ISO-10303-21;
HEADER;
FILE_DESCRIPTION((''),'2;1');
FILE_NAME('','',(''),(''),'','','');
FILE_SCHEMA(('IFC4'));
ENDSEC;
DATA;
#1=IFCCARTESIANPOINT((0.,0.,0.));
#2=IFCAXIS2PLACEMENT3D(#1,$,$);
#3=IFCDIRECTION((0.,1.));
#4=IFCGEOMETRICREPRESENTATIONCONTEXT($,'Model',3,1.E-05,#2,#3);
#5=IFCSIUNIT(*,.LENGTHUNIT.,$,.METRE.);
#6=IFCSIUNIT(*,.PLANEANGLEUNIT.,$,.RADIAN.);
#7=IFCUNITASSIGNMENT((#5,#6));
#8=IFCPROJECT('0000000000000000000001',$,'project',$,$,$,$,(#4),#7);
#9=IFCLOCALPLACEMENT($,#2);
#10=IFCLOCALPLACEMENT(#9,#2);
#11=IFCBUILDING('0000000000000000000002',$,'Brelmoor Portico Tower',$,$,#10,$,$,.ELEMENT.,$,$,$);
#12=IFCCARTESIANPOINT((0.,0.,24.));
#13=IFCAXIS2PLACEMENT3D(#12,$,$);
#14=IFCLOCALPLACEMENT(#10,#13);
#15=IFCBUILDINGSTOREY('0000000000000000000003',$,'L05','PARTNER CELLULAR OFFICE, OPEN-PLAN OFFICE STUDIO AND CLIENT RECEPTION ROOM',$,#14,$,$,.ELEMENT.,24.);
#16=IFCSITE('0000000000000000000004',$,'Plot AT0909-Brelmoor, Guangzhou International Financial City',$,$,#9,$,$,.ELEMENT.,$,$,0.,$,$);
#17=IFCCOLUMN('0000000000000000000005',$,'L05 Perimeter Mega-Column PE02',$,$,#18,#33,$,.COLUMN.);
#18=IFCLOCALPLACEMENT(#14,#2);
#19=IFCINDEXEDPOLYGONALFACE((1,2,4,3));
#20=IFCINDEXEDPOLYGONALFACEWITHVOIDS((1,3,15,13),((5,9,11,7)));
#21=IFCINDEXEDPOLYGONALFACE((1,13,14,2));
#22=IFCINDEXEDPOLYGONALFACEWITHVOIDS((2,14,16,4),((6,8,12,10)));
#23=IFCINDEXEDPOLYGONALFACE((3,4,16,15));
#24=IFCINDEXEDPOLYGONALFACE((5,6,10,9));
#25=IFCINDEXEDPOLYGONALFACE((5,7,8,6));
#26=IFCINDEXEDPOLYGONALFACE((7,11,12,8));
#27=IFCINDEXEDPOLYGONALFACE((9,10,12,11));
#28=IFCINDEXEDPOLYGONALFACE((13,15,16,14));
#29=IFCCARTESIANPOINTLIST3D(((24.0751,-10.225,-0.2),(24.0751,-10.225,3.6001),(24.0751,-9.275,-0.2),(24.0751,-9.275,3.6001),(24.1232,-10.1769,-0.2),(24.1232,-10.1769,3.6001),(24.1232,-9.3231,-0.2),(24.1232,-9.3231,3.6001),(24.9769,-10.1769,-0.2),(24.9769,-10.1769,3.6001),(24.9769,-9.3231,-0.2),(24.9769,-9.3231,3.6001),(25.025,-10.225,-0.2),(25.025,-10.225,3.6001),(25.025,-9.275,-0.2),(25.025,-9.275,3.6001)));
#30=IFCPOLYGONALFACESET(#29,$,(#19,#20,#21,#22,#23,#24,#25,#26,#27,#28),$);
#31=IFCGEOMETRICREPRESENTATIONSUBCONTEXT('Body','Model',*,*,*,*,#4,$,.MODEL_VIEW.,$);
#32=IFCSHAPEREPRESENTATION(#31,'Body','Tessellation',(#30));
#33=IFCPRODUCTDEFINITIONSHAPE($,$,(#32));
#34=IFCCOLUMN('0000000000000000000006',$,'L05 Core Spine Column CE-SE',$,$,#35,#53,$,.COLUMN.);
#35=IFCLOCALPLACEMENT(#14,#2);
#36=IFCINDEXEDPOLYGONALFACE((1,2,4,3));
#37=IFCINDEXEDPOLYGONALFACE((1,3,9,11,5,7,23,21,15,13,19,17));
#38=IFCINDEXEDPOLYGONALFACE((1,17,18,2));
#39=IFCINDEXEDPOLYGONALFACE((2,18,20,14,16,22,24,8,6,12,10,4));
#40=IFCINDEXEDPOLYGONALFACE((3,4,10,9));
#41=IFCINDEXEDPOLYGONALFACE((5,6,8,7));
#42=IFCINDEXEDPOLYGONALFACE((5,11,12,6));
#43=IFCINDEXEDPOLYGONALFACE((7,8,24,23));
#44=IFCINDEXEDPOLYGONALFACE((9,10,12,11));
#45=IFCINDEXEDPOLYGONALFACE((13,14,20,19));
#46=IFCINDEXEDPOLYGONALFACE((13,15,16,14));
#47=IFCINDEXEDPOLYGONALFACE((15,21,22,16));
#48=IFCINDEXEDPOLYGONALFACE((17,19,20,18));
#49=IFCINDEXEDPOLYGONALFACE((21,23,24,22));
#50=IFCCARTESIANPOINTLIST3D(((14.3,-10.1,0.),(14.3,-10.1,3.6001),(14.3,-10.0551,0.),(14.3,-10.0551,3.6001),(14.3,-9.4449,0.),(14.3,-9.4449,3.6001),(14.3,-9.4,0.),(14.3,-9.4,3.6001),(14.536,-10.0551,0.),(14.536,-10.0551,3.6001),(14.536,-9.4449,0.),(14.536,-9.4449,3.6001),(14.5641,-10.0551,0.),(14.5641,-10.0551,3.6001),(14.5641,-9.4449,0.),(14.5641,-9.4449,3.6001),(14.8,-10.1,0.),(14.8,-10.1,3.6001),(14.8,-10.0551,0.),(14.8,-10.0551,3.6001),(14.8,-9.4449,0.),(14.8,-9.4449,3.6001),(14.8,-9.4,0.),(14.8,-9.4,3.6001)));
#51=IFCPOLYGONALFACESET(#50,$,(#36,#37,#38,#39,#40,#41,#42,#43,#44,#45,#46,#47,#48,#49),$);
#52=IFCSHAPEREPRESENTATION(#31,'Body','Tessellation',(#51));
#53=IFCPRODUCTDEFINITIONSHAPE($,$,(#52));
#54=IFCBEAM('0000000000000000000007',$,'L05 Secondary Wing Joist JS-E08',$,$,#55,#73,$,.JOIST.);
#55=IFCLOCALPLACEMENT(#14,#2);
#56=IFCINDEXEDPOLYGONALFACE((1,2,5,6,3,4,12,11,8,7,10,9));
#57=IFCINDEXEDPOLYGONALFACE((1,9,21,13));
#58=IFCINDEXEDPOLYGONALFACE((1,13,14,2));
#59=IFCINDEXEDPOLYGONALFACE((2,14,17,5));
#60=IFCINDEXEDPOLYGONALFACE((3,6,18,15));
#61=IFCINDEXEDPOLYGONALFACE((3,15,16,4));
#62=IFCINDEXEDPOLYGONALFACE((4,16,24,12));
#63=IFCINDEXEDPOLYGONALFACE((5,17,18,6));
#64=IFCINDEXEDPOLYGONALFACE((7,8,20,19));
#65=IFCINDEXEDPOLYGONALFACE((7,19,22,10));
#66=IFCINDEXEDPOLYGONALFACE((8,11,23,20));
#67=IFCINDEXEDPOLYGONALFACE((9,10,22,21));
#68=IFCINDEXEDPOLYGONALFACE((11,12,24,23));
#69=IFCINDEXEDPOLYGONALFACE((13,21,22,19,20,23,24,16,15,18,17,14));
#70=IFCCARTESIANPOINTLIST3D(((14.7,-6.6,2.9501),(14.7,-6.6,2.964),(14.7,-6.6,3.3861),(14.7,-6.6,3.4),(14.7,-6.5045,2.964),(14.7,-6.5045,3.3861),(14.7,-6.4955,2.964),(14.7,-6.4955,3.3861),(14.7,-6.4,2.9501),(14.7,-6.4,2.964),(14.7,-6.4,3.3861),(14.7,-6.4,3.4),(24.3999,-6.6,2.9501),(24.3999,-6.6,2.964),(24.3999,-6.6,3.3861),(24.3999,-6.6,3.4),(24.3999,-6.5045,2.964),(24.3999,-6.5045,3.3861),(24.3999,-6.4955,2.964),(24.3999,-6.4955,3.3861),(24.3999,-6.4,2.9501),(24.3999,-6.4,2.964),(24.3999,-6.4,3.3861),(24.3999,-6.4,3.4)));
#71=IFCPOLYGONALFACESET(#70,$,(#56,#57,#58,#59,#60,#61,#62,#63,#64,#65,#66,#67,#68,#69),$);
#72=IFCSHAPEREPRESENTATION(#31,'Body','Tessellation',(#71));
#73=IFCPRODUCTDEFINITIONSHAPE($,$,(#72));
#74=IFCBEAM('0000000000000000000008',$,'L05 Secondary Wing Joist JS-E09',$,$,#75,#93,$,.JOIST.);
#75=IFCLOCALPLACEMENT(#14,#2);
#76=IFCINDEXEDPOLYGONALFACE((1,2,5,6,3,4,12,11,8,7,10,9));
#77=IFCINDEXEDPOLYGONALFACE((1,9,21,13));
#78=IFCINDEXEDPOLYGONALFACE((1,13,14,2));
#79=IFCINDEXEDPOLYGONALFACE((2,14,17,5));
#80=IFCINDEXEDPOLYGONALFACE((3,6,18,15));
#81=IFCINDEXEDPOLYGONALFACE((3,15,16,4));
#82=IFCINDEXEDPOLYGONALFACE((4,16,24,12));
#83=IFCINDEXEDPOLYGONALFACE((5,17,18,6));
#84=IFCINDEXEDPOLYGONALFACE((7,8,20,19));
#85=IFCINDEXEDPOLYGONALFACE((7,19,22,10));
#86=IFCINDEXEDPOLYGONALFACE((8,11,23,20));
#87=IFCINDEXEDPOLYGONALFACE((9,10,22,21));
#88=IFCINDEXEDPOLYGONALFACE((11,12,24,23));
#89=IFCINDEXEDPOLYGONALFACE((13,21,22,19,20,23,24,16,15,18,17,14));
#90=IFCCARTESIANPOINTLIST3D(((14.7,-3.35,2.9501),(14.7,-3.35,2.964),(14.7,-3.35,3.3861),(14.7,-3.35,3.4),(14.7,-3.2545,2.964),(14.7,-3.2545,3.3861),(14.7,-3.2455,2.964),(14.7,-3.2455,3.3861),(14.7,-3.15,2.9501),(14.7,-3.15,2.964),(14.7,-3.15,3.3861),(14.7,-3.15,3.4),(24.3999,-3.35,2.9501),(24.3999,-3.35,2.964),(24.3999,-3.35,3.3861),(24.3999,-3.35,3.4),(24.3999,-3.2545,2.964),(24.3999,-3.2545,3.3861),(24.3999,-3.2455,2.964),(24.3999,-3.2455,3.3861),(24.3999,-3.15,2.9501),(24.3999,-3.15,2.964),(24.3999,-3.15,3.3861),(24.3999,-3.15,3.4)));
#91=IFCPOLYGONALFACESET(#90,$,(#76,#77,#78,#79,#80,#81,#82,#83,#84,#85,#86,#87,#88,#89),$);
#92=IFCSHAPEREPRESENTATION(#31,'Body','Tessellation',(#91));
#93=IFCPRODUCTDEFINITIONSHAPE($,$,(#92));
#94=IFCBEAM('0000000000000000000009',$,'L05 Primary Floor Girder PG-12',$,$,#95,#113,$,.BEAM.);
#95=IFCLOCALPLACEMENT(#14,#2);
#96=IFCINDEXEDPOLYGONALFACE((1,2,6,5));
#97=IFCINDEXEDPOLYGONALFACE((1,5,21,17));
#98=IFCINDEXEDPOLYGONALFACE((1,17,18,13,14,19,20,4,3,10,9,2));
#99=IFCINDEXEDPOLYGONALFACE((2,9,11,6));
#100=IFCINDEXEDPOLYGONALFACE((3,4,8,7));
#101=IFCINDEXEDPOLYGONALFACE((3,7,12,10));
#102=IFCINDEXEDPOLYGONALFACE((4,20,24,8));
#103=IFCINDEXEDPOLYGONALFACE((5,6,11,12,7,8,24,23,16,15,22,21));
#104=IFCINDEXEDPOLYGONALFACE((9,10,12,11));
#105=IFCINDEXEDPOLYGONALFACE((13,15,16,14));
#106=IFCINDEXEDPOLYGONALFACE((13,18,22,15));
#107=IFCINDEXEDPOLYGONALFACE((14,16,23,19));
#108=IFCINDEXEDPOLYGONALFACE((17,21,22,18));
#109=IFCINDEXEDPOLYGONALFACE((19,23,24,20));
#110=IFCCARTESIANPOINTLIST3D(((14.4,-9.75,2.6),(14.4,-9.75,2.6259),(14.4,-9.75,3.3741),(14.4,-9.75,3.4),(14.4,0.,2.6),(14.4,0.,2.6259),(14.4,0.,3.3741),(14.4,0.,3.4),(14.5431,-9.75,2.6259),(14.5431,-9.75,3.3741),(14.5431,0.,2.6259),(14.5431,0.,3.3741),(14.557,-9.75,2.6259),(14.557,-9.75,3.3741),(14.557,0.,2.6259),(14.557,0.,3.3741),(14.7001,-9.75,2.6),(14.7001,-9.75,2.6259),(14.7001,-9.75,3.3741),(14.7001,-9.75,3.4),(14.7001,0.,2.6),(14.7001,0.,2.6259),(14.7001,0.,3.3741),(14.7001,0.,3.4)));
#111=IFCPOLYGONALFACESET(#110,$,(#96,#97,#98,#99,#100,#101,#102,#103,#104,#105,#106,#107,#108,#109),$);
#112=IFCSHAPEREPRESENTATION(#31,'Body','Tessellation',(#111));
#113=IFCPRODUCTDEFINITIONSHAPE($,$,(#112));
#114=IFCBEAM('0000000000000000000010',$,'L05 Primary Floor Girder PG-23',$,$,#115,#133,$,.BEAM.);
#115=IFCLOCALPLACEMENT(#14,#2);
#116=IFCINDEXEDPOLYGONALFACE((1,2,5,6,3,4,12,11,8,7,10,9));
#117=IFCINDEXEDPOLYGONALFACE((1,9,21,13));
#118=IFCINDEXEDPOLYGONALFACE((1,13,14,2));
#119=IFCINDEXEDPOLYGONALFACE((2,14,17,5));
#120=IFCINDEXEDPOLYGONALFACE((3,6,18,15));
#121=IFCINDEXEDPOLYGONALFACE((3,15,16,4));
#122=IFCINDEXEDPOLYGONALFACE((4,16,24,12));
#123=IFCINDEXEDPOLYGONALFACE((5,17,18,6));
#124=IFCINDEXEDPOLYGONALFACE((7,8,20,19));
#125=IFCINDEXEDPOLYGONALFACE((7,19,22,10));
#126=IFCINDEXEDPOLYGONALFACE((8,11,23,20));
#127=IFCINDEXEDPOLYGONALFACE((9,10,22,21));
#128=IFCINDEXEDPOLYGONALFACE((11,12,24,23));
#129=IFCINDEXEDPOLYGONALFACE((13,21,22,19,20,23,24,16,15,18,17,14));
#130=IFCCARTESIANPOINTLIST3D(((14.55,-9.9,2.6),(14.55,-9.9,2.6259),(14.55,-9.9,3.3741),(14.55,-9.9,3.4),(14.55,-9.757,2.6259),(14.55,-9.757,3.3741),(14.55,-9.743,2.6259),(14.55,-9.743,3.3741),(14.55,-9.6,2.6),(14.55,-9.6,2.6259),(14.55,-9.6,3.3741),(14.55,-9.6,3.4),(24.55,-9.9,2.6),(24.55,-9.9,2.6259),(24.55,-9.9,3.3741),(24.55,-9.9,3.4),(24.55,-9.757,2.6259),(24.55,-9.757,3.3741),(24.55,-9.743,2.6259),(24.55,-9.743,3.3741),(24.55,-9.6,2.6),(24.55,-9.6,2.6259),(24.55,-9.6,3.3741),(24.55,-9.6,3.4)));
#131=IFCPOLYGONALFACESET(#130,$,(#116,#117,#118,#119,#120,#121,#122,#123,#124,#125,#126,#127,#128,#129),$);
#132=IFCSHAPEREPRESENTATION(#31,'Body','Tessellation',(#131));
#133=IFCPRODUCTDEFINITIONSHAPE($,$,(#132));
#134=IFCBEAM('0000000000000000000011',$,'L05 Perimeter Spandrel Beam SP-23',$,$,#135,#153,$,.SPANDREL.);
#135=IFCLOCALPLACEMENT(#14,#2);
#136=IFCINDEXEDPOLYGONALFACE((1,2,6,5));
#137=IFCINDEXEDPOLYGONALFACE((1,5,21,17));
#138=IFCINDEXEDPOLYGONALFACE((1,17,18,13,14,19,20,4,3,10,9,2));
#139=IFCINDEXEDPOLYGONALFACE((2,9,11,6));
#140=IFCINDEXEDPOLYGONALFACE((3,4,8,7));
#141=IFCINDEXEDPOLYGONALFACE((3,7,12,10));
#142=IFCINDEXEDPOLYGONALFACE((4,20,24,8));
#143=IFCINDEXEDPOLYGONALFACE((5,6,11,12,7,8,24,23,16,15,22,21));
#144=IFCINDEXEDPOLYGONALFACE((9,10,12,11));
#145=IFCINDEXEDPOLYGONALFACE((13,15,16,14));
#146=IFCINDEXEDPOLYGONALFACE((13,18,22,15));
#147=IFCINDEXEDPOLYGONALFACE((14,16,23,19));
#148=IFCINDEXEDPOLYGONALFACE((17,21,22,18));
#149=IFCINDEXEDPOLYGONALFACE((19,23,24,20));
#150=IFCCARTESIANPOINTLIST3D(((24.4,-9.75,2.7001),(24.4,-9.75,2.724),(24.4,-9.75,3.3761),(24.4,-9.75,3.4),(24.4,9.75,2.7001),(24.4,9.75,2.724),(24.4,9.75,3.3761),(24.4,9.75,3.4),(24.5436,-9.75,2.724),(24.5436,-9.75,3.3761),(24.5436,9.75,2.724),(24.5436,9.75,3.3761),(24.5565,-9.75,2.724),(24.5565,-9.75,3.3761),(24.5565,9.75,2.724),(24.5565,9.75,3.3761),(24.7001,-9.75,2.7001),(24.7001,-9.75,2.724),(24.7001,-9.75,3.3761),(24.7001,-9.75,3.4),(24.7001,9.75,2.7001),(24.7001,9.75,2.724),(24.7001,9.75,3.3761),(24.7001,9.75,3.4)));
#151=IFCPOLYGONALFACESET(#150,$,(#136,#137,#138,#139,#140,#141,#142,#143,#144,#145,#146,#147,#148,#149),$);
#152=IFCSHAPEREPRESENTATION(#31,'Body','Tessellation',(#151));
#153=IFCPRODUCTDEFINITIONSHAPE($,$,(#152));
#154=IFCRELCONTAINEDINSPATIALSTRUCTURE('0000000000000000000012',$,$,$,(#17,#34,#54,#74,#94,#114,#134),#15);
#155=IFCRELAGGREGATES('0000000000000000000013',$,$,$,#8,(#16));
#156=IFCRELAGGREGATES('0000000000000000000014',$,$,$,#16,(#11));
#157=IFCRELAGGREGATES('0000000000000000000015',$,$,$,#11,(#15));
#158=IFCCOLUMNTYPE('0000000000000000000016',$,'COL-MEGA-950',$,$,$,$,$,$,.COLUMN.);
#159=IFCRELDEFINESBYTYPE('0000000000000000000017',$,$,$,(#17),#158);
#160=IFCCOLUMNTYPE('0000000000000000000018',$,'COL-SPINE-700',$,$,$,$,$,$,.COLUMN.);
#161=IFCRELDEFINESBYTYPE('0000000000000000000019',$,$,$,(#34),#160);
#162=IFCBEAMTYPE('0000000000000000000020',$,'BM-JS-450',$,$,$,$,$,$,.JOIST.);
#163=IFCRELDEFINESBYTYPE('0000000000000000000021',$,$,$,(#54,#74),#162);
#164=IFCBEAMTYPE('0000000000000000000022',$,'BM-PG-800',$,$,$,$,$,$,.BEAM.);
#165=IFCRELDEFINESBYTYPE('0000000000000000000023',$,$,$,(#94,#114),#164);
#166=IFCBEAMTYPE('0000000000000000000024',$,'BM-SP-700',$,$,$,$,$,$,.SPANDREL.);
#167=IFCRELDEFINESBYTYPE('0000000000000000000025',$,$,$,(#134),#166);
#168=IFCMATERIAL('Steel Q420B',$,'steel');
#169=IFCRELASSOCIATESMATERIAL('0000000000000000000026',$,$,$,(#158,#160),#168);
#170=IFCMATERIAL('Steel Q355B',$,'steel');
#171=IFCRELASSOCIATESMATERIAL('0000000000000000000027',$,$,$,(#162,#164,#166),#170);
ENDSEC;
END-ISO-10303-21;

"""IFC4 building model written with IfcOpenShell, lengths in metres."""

from ifc_helpers import new_model, si_unit, direction, frame, origin, origin_2d, place, context, subcontext, project, spatial, hollow_rectangle, i_section, extrude, material, material_profile, profile_set, type_object, element, save


model = new_model("IFC4")

# Units and contexts
model_context = context("Model", 3, precision=1e-05, world=origin(), true_north=direction((0.0, 1.0)))
body_context = subcontext(model_context, "Body", "Model", "MODEL_VIEW")
ifc_project = project(units=[si_unit("LENGTHUNIT", "METRE"), si_unit("PLANEANGLEUNIT", "RADIAN")], contexts=[model_context])

# Site, building, storey
site_placement = place(None, origin())
site = spatial("IfcSite", under=ifc_project, at=site_placement, Name="Plot AT0909-Brelmoor, Guangzhou International Financial City", CompositionType="ELEMENT", RefElevation=0.0)
building_placement = place(site_placement, origin())
building = spatial("IfcBuilding", under=site, at=building_placement, Name="Brelmoor Portico Tower", CompositionType="ELEMENT")
storey_placement = place(building_placement, frame((0.0, 0.0, 24.0)))
storey = spatial("IfcBuildingStorey", under=building, at=storey_placement, Name="L05", Description="PARTNER CELLULAR OFFICE, OPEN-PLAN OFFICE STUDIO AND CLIENT RECEPTION ROOM", CompositionType="ELEMENT", Elevation=24.0)

# Columns
ifc_material_1 = material(Name="Steel Q420B", Category="steel")
ifc_material_profile_1 = material_profile(ifc_material_1, hollow_rectangle(XDim=0.95, YDim=0.95, WallThickness=0.0481, at=origin_2d()), Name="BOX 950x950x48")
ifc_profile_set_1 = profile_set([ifc_material_profile_1], Name="Steel Q420B")
column_type_1 = type_object("IfcColumnType", Name="COL-MEGA-950", PredefinedType="COLUMN", material=ifc_profile_set_1)
column_1_placement = place(storey_placement, frame((24.55, -9.75, -0.2), z_axis=(0.0, 0.0, 1.0), x_axis=(0.0, 1.0, 0.0)))
element("IfcColumn", 1, at=column_1_placement, inside=storey, type_object=column_type_1, Name="L05 Perimeter Mega-Column PE02", PredefinedType="COLUMN", context=body_context, shape_type="SweptSolid", body=[
    extrude(hollow_rectangle(XDim=0.95, YDim=0.95, WallThickness=0.0481, at=origin_2d()), origin(), (0.0, 0.0, 1.0), 3.8),
])
ifc_material_profile_2 = material_profile(ifc_material_1, i_section(OverallWidth=0.5, OverallDepth=0.7, WebThickness=0.0281, FlangeThickness=0.0449, at=origin_2d()), Name="HW 700x500x28x45")
ifc_profile_set_2 = profile_set([ifc_material_profile_2], Name="Steel Q420B")
column_type_2 = type_object("IfcColumnType", Name="COL-SPINE-700", PredefinedType="COLUMN", material=ifc_profile_set_2)
column_2_placement = place(storey_placement, frame((14.55, -9.75, 0.0), z_axis=(0.0, 0.0, 1.0), x_axis=(1.0, 0.0, 0.0)))
element("IfcColumn", 2, at=column_2_placement, inside=storey, type_object=column_type_2, Name="L05 Core Spine Column CE-SE", PredefinedType="COLUMN", context=body_context, shape_type="SweptSolid", body=[
    extrude(i_section(OverallWidth=0.5, OverallDepth=0.7, WebThickness=0.0281, FlangeThickness=0.0449, at=origin_2d()), origin(), (0.0, 0.0, 1.0), 3.6001),
])

# Beams
ifc_material_2 = material(Name="Steel Q355B", Category="steel")
ifc_material_profile_3 = material_profile(ifc_material_2, i_section(OverallWidth=0.2, OverallDepth=0.45, WebThickness=0.009, FlangeThickness=0.0139, at=origin_2d()), Name="HN 450x200x9x14")
ifc_profile_set_3 = profile_set([ifc_material_profile_3], Name="Steel Q355B")
beam_type_1 = type_object("IfcBeamType", Name="BM-JS-450", PredefinedType="JOIST", material=ifc_profile_set_3)
for number, where, z_axis, x_axis, name in (
    (3, (14.7, -6.5, 3.175), (1.0, 0.0, 0.0), (0.0, 1.0, 0.0), "L05 Secondary Wing Joist JS-E08"),
    (4, (14.7, -3.25, 3.175), (1.0, 0.0, 0.0), (0.0, 1.0, 0.0), "L05 Secondary Wing Joist JS-E09"),
):
    element("IfcBeam", number, at=place(storey_placement, frame(where, z_axis=z_axis, x_axis=x_axis)), inside=storey, type_object=beam_type_1, Name=name, PredefinedType="JOIST", context=body_context, shape_type="SweptSolid", body=[
        extrude(i_section(OverallWidth=0.2, OverallDepth=0.45, WebThickness=0.009, FlangeThickness=0.0139, at=origin_2d()), origin(), (0.0, 0.0, 1.0), 9.7),
    ])
ifc_material_profile_4 = material_profile(ifc_material_2, i_section(OverallWidth=0.3, OverallDepth=0.8, WebThickness=0.0139, FlangeThickness=0.0259, at=origin_2d()), Name="HN 800x300x14x26")
ifc_profile_set_4 = profile_set([ifc_material_profile_4], Name="Steel Q355B")
beam_type_2 = type_object("IfcBeamType", Name="BM-PG-800", PredefinedType="BEAM", material=ifc_profile_set_4)
beam_1_placement = place(storey_placement, frame((14.55, -9.75, 3.0), z_axis=(0.0, 1.0, 0.0), x_axis=(-1.0, 0.0, 0.0)))
element("IfcBeam", 5, at=beam_1_placement, inside=storey, type_object=beam_type_2, Name="L05 Primary Floor Girder PG-12", PredefinedType="BEAM", context=body_context, shape_type="SweptSolid", body=[
    extrude(i_section(OverallWidth=0.3, OverallDepth=0.8, WebThickness=0.0139, FlangeThickness=0.0259, at=origin_2d()), origin(), (0.0, 0.0, 1.0), 9.75),
])
beam_2_placement = place(storey_placement, frame((14.55, -9.75, 3.0), z_axis=(1.0, 0.0, 0.0), x_axis=(0.0, 1.0, 0.0)))
element("IfcBeam", 6, at=beam_2_placement, inside=storey, type_object=beam_type_2, Name="L05 Primary Floor Girder PG-23", PredefinedType="BEAM", context=body_context, shape_type="SweptSolid", body=[
    extrude(i_section(OverallWidth=0.3, OverallDepth=0.8, WebThickness=0.0139, FlangeThickness=0.0259, at=origin_2d()), origin(), (0.0, 0.0, 1.0), 10.0),
])
ifc_material_profile_5 = material_profile(ifc_material_2, i_section(OverallWidth=0.3, OverallDepth=0.7, WebThickness=0.0129, FlangeThickness=0.0239, at=origin_2d()), Name="HN 700x300x13x24")
ifc_profile_set_5 = profile_set([ifc_material_profile_5], Name="Steel Q355B")
beam_type_3 = type_object("IfcBeamType", Name="BM-SP-700", PredefinedType="SPANDREL", material=ifc_profile_set_5)
beam_3_placement = place(storey_placement, frame((24.55, -9.75, 3.05), z_axis=(0.0, 1.0, 0.0), x_axis=(-1.0, 0.0, 0.0)))
element("IfcBeam", 7, at=beam_3_placement, inside=storey, type_object=beam_type_3, Name="L05 Perimeter Spandrel Beam SP-23", PredefinedType="SPANDREL", context=body_context, shape_type="SweptSolid", body=[
    extrude(i_section(OverallWidth=0.3, OverallDepth=0.7, WebThickness=0.0129, FlangeThickness=0.0239, at=origin_2d()), origin(), (0.0, 0.0, 1.0), 19.5),
])

save(model, "model.ifc")
